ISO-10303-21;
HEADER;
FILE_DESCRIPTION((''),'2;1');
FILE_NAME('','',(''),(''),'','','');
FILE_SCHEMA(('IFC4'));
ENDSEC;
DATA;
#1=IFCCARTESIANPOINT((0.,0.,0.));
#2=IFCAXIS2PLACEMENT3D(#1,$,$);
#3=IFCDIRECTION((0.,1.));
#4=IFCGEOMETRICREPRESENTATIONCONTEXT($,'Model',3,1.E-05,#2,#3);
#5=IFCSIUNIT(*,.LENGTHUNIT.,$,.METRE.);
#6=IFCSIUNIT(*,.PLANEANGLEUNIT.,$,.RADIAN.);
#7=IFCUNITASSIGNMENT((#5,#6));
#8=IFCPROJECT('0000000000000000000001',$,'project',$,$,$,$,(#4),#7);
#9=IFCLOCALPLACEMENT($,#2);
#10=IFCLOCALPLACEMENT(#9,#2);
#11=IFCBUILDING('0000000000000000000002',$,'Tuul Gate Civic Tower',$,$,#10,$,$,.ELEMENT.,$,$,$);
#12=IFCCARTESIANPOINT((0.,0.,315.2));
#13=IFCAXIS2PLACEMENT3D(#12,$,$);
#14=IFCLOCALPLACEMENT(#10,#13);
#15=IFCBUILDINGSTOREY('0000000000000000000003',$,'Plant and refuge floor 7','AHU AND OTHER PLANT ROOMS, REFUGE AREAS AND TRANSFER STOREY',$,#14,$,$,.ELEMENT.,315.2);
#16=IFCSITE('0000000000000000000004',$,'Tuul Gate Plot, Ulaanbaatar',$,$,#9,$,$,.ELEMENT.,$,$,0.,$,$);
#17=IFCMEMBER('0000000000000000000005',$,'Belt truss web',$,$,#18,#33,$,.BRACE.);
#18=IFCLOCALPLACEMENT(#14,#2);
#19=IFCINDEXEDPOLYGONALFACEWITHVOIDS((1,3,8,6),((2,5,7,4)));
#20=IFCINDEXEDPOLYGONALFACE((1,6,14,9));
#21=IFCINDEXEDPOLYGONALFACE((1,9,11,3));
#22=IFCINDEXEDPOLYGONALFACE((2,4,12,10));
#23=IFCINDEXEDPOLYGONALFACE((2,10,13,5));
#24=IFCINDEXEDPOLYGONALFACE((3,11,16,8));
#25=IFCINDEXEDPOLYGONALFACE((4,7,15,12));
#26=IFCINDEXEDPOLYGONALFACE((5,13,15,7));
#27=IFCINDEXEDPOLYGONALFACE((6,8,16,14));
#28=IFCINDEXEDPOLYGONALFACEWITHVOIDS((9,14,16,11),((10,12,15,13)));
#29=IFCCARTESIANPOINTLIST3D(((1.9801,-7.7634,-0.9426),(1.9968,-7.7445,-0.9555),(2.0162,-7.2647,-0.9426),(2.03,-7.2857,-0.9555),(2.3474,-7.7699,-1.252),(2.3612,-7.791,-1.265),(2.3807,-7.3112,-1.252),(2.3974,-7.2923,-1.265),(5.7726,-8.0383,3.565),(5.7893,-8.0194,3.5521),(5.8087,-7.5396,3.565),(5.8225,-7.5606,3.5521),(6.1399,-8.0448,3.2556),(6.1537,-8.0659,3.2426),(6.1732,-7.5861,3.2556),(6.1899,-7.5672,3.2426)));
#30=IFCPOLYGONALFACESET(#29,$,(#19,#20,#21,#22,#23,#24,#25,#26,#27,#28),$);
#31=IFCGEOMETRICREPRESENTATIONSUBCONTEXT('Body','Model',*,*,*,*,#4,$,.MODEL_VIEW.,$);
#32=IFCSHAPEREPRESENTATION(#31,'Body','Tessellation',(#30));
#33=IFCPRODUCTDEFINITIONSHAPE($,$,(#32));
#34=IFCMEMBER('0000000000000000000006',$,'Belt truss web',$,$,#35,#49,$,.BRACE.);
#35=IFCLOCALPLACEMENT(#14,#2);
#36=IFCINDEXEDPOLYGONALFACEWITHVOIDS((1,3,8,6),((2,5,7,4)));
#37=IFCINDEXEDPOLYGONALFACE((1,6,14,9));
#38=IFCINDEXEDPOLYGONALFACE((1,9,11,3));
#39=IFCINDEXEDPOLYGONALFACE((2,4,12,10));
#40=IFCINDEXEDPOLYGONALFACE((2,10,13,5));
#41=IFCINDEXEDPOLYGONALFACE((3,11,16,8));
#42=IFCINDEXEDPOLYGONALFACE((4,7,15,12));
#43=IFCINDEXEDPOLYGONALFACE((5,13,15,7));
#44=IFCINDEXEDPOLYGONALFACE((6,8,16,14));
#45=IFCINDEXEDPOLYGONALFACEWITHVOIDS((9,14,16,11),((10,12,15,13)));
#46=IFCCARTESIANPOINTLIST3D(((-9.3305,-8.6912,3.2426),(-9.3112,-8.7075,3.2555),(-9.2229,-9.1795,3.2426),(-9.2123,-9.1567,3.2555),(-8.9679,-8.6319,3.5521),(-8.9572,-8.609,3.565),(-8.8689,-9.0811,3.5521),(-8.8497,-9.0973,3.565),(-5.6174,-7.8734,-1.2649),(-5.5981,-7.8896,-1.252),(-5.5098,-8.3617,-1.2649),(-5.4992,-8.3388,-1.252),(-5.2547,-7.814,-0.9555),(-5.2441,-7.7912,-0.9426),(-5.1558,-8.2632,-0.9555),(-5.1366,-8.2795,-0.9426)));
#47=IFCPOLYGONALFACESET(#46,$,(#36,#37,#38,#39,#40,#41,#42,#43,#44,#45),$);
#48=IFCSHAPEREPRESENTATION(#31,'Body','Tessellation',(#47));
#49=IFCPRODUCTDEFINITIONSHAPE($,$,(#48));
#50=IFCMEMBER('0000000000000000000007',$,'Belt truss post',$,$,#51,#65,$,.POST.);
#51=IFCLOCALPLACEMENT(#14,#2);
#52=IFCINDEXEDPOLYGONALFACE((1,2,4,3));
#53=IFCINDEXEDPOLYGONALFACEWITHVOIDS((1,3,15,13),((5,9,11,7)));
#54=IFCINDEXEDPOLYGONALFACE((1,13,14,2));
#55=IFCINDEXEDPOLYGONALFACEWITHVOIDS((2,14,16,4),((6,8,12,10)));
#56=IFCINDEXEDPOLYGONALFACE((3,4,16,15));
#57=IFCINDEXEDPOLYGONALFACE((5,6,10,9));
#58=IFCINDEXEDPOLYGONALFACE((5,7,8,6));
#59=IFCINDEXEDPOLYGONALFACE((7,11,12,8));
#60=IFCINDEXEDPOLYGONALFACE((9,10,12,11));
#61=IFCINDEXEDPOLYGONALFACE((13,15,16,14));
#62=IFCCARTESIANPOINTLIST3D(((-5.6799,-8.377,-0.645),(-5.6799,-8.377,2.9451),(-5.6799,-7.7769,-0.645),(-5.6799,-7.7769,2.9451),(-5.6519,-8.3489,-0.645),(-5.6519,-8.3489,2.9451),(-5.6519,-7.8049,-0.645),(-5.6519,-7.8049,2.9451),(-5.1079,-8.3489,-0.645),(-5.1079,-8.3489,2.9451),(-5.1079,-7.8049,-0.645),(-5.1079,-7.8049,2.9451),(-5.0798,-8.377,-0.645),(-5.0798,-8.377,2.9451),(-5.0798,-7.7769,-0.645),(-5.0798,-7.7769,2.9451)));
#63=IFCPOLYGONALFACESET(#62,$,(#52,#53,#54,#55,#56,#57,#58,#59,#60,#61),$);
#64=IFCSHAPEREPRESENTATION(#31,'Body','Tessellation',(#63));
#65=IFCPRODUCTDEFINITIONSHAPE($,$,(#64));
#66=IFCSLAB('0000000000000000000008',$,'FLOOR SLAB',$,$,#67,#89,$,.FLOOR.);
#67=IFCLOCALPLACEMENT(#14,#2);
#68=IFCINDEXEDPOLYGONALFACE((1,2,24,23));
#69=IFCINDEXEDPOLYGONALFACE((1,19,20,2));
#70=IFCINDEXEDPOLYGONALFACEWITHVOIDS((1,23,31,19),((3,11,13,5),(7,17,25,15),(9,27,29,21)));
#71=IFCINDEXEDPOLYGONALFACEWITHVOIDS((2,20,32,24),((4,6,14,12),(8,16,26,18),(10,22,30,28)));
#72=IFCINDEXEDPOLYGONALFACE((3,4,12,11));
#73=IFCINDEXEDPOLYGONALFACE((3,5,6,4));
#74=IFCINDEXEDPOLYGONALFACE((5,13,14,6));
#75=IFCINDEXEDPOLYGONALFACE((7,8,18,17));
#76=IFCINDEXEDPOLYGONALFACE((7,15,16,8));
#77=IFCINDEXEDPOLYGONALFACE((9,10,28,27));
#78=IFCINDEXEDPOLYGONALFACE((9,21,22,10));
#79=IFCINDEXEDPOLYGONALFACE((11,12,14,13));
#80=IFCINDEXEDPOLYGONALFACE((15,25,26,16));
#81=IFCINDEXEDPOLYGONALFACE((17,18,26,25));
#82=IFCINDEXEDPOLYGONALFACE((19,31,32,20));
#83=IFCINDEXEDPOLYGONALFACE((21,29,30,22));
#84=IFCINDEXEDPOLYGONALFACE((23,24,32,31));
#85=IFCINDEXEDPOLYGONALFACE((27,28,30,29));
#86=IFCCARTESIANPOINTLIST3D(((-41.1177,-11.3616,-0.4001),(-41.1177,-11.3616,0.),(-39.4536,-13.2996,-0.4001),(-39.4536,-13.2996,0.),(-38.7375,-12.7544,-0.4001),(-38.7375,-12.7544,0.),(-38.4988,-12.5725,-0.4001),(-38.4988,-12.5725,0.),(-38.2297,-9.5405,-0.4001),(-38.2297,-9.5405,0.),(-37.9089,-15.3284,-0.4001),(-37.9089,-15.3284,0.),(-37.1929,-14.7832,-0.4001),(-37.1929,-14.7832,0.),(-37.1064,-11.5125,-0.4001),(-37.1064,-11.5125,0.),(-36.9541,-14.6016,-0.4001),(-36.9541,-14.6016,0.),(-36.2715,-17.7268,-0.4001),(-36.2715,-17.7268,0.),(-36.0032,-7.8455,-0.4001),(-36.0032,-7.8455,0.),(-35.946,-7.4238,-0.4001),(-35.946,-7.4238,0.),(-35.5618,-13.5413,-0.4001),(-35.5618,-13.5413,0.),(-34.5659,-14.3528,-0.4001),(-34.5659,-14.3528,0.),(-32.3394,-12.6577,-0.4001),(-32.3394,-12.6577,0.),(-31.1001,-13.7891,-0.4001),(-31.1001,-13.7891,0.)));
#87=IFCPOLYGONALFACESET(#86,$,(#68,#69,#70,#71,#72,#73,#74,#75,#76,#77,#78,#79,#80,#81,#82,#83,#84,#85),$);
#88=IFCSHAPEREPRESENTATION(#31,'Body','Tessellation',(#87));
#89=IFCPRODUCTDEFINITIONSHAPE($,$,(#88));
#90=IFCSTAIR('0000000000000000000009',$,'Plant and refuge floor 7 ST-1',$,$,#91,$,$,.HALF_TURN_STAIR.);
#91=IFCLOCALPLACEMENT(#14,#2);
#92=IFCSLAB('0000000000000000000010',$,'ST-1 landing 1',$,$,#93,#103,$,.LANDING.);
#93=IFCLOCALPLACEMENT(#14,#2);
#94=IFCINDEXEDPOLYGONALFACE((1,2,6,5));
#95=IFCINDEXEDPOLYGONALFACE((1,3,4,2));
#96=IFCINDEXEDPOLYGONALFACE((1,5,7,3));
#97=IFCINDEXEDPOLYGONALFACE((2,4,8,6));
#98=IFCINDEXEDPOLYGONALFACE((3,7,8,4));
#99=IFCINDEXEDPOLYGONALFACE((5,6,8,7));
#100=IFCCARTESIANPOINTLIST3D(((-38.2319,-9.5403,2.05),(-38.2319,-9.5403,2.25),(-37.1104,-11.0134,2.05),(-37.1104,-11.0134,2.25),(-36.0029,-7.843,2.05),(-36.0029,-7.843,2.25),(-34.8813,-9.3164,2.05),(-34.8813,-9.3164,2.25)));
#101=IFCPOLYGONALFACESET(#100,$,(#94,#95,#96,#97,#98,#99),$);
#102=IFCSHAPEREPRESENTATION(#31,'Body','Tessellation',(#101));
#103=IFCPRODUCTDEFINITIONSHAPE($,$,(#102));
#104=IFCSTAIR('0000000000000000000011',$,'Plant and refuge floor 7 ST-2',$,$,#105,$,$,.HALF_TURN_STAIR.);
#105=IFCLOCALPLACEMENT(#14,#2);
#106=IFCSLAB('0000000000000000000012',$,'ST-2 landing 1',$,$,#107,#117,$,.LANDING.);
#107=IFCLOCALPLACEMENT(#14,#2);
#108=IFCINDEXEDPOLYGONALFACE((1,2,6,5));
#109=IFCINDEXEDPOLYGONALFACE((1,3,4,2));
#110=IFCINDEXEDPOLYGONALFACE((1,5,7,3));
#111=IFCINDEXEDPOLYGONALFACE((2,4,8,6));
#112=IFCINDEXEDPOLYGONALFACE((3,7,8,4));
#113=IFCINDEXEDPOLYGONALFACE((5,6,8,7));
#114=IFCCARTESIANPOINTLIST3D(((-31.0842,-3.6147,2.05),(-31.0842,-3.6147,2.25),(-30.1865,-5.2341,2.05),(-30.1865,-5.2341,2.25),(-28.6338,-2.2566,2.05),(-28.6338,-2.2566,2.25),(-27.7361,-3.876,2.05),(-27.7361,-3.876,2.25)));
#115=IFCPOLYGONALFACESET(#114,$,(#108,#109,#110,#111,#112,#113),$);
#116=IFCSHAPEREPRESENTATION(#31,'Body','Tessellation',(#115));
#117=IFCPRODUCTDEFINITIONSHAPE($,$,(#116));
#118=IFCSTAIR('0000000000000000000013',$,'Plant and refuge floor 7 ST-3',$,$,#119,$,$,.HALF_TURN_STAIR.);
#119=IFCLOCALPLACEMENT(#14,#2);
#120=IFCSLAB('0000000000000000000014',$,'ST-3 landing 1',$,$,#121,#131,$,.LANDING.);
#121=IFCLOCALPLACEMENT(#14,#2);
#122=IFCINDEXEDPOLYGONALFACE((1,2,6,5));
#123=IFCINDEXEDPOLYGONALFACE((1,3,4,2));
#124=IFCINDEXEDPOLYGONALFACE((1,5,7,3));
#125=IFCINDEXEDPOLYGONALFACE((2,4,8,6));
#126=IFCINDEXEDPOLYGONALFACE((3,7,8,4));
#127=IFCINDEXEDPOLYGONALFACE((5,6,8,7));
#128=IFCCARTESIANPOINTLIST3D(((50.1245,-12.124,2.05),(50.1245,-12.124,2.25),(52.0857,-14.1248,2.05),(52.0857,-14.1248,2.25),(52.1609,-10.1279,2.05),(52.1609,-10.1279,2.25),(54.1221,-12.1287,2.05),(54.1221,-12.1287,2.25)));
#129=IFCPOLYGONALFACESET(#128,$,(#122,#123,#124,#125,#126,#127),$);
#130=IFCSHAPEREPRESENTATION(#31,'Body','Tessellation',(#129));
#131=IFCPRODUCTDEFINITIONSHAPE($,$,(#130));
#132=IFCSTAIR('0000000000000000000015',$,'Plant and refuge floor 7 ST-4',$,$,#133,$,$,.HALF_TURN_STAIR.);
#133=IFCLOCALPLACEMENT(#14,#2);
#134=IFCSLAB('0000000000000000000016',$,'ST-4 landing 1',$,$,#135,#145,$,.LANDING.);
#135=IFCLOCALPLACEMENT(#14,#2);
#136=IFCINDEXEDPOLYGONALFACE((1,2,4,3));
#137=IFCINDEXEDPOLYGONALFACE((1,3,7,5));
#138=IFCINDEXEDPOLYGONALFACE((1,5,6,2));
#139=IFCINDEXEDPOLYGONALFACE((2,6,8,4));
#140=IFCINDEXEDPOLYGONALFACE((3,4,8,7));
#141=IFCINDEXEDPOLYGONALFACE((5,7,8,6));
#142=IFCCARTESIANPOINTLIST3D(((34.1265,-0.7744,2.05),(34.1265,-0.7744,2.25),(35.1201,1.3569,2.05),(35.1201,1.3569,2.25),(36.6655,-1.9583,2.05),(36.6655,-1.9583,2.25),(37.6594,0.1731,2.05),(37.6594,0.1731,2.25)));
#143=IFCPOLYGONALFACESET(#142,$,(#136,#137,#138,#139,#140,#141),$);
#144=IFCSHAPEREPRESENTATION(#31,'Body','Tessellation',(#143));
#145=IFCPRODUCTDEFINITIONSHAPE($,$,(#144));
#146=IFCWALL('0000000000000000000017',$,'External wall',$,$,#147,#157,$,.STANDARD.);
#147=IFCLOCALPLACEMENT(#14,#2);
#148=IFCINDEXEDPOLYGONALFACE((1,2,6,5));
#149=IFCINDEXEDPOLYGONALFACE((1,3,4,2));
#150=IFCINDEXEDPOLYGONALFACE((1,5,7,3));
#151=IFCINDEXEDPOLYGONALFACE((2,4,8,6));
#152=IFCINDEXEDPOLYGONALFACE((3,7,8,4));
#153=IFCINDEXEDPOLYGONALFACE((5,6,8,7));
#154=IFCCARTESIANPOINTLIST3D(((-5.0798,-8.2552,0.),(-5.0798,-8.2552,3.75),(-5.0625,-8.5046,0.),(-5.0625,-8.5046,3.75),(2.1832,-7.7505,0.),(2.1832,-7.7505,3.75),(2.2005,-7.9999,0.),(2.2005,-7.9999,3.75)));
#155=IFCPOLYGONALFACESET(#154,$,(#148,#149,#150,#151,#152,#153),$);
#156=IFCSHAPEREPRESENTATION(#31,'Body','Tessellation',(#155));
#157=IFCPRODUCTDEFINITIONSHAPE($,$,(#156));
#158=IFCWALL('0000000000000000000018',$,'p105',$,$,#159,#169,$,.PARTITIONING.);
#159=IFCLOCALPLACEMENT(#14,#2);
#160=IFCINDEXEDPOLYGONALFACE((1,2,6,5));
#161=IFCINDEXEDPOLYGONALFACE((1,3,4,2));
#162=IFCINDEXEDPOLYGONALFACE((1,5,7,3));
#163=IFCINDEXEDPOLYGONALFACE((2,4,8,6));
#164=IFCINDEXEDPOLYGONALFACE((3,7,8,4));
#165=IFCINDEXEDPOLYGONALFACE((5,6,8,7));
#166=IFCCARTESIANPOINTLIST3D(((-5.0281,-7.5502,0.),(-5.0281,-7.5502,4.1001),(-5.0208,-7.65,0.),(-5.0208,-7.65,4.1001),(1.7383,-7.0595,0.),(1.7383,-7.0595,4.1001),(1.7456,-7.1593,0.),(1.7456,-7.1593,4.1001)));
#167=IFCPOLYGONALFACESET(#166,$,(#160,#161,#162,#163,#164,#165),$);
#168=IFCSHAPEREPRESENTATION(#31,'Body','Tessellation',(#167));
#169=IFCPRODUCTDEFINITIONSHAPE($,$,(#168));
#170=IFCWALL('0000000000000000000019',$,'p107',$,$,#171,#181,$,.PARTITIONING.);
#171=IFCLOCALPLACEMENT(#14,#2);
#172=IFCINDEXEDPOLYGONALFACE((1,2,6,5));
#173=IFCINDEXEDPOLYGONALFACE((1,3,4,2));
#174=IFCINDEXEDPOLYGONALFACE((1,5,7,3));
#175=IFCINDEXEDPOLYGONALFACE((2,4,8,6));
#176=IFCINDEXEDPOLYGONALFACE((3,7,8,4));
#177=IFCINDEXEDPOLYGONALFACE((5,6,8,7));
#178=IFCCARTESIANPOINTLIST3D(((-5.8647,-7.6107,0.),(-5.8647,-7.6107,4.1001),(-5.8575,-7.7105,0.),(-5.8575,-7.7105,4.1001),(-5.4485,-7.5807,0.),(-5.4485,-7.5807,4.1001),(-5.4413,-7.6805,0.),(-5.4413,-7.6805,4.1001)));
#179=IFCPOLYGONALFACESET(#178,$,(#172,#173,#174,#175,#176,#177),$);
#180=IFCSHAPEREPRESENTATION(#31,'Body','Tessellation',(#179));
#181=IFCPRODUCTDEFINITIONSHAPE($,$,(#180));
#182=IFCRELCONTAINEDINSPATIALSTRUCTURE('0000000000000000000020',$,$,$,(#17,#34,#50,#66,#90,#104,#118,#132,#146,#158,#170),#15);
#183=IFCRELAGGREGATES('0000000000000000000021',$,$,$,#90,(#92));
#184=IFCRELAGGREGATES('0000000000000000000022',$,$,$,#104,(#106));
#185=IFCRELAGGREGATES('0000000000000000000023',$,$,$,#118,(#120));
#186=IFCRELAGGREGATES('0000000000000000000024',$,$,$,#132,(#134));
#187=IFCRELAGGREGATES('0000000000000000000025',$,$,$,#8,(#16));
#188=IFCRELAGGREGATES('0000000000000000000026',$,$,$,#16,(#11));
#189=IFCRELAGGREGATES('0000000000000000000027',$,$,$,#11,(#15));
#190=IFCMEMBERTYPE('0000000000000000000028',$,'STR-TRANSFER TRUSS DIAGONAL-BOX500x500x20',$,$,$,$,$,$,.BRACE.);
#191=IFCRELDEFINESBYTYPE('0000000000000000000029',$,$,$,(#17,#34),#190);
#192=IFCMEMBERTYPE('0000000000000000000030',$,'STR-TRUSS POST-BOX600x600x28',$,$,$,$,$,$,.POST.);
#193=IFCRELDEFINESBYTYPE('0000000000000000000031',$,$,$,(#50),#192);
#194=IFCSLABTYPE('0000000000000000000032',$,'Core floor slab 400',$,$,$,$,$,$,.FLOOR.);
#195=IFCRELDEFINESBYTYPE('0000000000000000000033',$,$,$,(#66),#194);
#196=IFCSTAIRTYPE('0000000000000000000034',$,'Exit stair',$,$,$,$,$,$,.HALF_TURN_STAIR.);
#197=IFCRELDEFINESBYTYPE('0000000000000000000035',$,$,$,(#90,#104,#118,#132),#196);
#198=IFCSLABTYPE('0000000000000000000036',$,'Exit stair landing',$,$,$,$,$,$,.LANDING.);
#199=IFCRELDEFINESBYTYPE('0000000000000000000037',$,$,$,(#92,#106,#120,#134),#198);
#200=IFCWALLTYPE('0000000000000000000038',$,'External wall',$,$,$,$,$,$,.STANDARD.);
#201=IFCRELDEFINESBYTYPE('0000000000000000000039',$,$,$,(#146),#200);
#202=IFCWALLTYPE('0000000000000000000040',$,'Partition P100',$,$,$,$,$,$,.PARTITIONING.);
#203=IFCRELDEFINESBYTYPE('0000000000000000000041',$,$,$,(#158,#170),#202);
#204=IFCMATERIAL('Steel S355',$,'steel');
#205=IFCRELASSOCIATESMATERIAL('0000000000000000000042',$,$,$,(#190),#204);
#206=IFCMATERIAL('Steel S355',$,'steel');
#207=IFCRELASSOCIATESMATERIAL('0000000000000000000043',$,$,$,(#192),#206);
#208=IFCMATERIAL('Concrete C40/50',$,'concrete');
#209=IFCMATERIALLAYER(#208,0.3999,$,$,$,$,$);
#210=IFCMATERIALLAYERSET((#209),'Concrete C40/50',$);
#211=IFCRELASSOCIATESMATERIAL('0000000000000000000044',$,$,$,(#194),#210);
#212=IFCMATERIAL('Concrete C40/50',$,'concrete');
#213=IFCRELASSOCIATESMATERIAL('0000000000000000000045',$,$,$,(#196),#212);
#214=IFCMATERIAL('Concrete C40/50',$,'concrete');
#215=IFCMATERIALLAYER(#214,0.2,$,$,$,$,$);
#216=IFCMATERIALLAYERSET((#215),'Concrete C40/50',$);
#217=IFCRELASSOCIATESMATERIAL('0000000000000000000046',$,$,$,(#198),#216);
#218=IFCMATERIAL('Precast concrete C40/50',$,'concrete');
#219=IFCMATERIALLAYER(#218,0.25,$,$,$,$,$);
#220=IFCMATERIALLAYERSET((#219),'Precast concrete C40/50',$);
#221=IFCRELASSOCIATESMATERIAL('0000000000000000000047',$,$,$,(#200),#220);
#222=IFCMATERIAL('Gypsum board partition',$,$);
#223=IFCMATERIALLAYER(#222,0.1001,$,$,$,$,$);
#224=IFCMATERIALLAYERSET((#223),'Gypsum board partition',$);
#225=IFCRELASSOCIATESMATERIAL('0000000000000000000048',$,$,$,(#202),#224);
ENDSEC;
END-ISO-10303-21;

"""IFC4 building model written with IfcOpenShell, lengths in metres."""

from ifc_helpers import new_model, si_unit, direction, frame, frame_2d, origin, origin_2d, place, context, subcontext, project, spatial, polyline, rectangle, hollow_rectangle, outline, extrude, material, layer, layer_set, material_profile, profile_set, type_object, element, aggregate, save


model = new_model("IFC4")

# Units and contexts
model_context = context("Model", 3, precision=1e-05, world=origin(), true_north=direction((0.0, 1.0)))
body_context = subcontext(model_context, "Body", "Model", "MODEL_VIEW")
ifc_project = project(units=[si_unit("LENGTHUNIT", "METRE"), si_unit("PLANEANGLEUNIT", "RADIAN")], contexts=[model_context])

# Site, building, storey
site_placement = place(None, origin())
site = spatial("IfcSite", under=ifc_project, at=site_placement, Name="Tuul Gate Plot, Ulaanbaatar", CompositionType="ELEMENT", RefElevation=0.0)
building_placement = place(site_placement, origin())
building = spatial("IfcBuilding", under=site, at=building_placement, Name="Tuul Gate Civic Tower", CompositionType="ELEMENT")
storey_placement = place(building_placement, frame((0.0, 0.0, 315.2)))
storey = spatial("IfcBuildingStorey", under=building, at=storey_placement, Name="Plant and refuge floor 7", Description="AHU AND OTHER PLANT ROOMS, REFUGE AREAS AND TRANSFER STOREY", CompositionType="ELEMENT", Elevation=315.2)

# Members
ifc_material_1 = material(Name="Steel S355", Category="steel")
ifc_material_profile_1 = material_profile(ifc_material_1, hollow_rectangle(XDim=0.5, YDim=0.5, WallThickness=0.02, at=origin_2d()), Name="BOX500x500x20")
ifc_profile_set_1 = profile_set([ifc_material_profile_1], Name="Steel S355")
member_type_1 = type_object("IfcMemberType", Name="STR-TRANSFER TRUSS DIAGONAL-BOX500x500x20", PredefinedType="BRACE", material=ifc_profile_set_1)
for number, where, z_axis, x_axis, name in (
    (1, (2.1887, -7.5278, -1.1038), (0.643101, -0.046616, 0.764361), (0.072296, 0.997383, 0.0), "Belt truss web"),
):
    element("IfcMember", number, at=place(storey_placement, frame(where, z_axis=z_axis, x_axis=x_axis)), inside=storey, type_object=member_type_1, Name=name, PredefinedType="BRACE", context=body_context, shape_type="SweptSolid", body=[
        extrude(hollow_rectangle(XDim=0.5, YDim=0.5, WallThickness=0.02, at=origin_2d()), origin(), (0.0, 0.0, 1.0), 5.8972),
    ])
member_1_placement = place(storey_placement, frame((-5.377, -8.0764, -1.1038), z_axis=(-0.629666, -0.138693, 0.764385), x_axis=(0.215108, -0.97659, 0.0)))
element("IfcMember", 2, at=member_1_placement, inside=storey, type_object=member_type_1, Name="Belt truss web", PredefinedType="BRACE", context=body_context, shape_type="SweptSolid", body=[
    extrude(hollow_rectangle(XDim=0.5, YDim=0.5, WallThickness=0.02, at=origin_2d()), origin(), (0.0, 0.0, 1.0), 5.897),
])
ifc_material_2 = material(Name="Steel S355", Category="steel")
ifc_material_profile_2 = material_profile(ifc_material_2, hollow_rectangle(XDim=0.6001, YDim=0.6001, WallThickness=0.0281, at=origin_2d()), Name="BOX600x600x28")
ifc_profile_set_2 = profile_set([ifc_material_profile_2], Name="Steel S355")
member_type_2 = type_object("IfcMemberType", Name="STR-TRUSS POST-BOX600x600x28", PredefinedType="POST", material=ifc_profile_set_2)
member_2_placement = place(storey_placement, frame((-5.3799, -8.0769, -0.645), z_axis=(0.0, 0.0, 1.0), x_axis=(1.0, 0.0, 0.0)))
element("IfcMember", 3, at=member_2_placement, inside=storey, type_object=member_type_2, Name="Belt truss post", PredefinedType="POST", context=body_context, shape_type="SweptSolid", body=[
    extrude(hollow_rectangle(XDim=0.6001, YDim=0.6001, WallThickness=0.0281, at=origin_2d()), origin(), (0.0, 0.0, 1.0), 3.5901),
])

# Slab
ifc_material_3 = material(Name="Concrete C40/50", Category="concrete")
ifc_layer_1 = layer(ifc_material_3, 0.3999)
ifc_layer_set_1 = layer_set([ifc_layer_1], Name="Concrete C40/50")
slab_type_1 = type_object("IfcSlabType", Name="Core floor slab 400", PredefinedType="FLOOR", material=ifc_layer_set_1)
slab_1_placement = place(storey_placement, frame((0.0, 0.0, -0.4001)))
element("IfcSlab", 4, at=slab_1_placement, inside=storey, type_object=slab_type_1, Name="FLOOR SLAB", PredefinedType="FLOOR", context=body_context, shape_type="SweptSolid", body=[
    extrude(outline(polyline([(-31.1001, -13.7891), (-35.946, -7.4238), (-41.1177, -11.3616), (-36.2715, -17.7268), (-31.1001, -13.7891)]), holes=[polyline([(-35.5618, -13.5413), (-37.1064, -11.5125), (-38.4988, -12.5725), (-36.9541, -14.6016), (-35.5618, -13.5413)]), polyline([(-37.1929, -14.7832), (-38.7375, -12.7544), (-39.4536, -13.2996), (-37.9089, -15.3284), (-37.1929, -14.7832)]), polyline([(-32.3394, -12.6577), (-34.5659, -14.3528), (-38.2297, -9.5405), (-36.0032, -7.8455), (-32.3394, -12.6577)])]), origin(), (0.0, 0.0, 1.0), 0.4001),
])

# Stairs, slabs
ifc_material_4 = material(Name="Concrete C40/50", Category="concrete")
stair_type = type_object("IfcStairType", Name="Exit stair", PredefinedType="HALF_TURN_STAIR", material=ifc_material_4)
stair_1_placement = place(storey_placement, origin())
stair_1 = element("IfcStair", 5, at=stair_1_placement, inside=storey, type_object=stair_type, Name="Plant and refuge floor 7 ST-1", PredefinedType="HALF_TURN_STAIR")
ifc_material_5 = material(Name="Concrete C40/50", Category="concrete")
ifc_layer_2 = layer(ifc_material_5, 0.2)
ifc_layer_set_2 = layer_set([ifc_layer_2], Name="Concrete C40/50")
slab_type_2 = type_object("IfcSlabType", Name="Exit stair landing", PredefinedType="LANDING", material=ifc_layer_set_2)
slab_2_placement = place(storey_placement, frame((0.0, 0.0, 2.05)))
slab_2 = element("IfcSlab", 6, at=slab_2_placement, type_object=slab_type_2, Name="ST-1 landing 1", PredefinedType="LANDING", context=body_context, shape_type="SweptSolid", body=[
    extrude(outline(polyline([(-34.8813, -9.3164), (-37.1104, -11.0134), (-38.2319, -9.5403), (-36.0029, -7.843), (-34.8813, -9.3164)])), origin(), (0.0, 0.0, 1.0), 0.2),
])
aggregate(stair_1, [slab_2])
stair_2_placement = place(storey_placement, origin())
stair_2 = element("IfcStair", 7, at=stair_2_placement, inside=storey, type_object=stair_type, Name="Plant and refuge floor 7 ST-2", PredefinedType="HALF_TURN_STAIR")
slab_3_placement = place(storey_placement, frame((0.0, 0.0, 2.05)))
slab_3 = element("IfcSlab", 8, at=slab_3_placement, type_object=slab_type_2, Name="ST-2 landing 1", PredefinedType="LANDING", context=body_context, shape_type="SweptSolid", body=[
    extrude(outline(polyline([(-27.7361, -3.876), (-30.1865, -5.2341), (-31.0842, -3.6147), (-28.6338, -2.2566), (-27.7361, -3.876)])), origin(), (0.0, 0.0, 1.0), 0.2),
])
aggregate(stair_2, [slab_3])
stair_3_placement = place(storey_placement, origin())
stair_3 = element("IfcStair", 9, at=stair_3_placement, inside=storey, type_object=stair_type, Name="Plant and refuge floor 7 ST-3", PredefinedType="HALF_TURN_STAIR")
slab_4_placement = place(storey_placement, frame((0.0, 0.0, 2.05)))
slab_4 = element("IfcSlab", 10, at=slab_4_placement, type_object=slab_type_2, Name="ST-3 landing 1", PredefinedType="LANDING", context=body_context, shape_type="SweptSolid", body=[
    extrude(outline(polyline([(52.0857, -14.1248), (50.1245, -12.124), (52.1609, -10.1279), (54.1221, -12.1287), (52.0857, -14.1248)])), origin(), (0.0, 0.0, 1.0), 0.2),
])
aggregate(stair_3, [slab_4])
stair_4_placement = place(storey_placement, origin())
stair_4 = element("IfcStair", 11, at=stair_4_placement, inside=storey, type_object=stair_type, Name="Plant and refuge floor 7 ST-4", PredefinedType="HALF_TURN_STAIR")
slab_5_placement = place(storey_placement, frame((0.0, 0.0, 2.05)))
slab_5 = element("IfcSlab", 12, at=slab_5_placement, type_object=slab_type_2, Name="ST-4 landing 1", PredefinedType="LANDING", context=body_context, shape_type="SweptSolid", body=[
    extrude(outline(polyline([(36.6655, -1.9583), (34.1265, -0.7744), (35.1201, 1.3569), (37.6594, 0.1731), (36.6655, -1.9583)])), origin(), (0.0, 0.0, 1.0), 0.2),
])
aggregate(stair_4, [slab_5])

# Walls
ifc_material_6 = material(Name="Precast concrete C40/50", Category="concrete")
ifc_layer_3 = layer(ifc_material_6, 0.25)
ifc_layer_set_3 = layer_set([ifc_layer_3], Name="Precast concrete C40/50")
wall_type_1 = type_object("IfcWallType", Name="External wall", PredefinedType="STANDARD", material=ifc_layer_set_3)
wall_1_placement = place(storey_placement, frame((-5.071, -8.3799, 0.0), z_axis=(0.0, 0.0, 1.0), x_axis=(0.997595, 0.069314, 0.0)))
element("IfcWall", 13, at=wall_1_placement, inside=storey, type_object=wall_type_1, Name="External wall", PredefinedType="STANDARD", context=body_context, shape_type="SweptSolid", body=[
    extrude(rectangle(XDim=7.2805, YDim=0.25, at=frame_2d((3.6401, 0.0))), origin(), (0.0, 0.0, 1.0), 3.75),
])
ifc_material_7 = material(Name="Gypsum board partition")
ifc_layer_4 = layer(ifc_material_7, 0.1001)
ifc_layer_set_4 = layer_set([ifc_layer_4], Name="Gypsum board partition")
wall_type_2 = type_object("IfcWallType", Name="Partition P100", PredefinedType="PARTITIONING", material=ifc_layer_set_4)
wall_2_placement = place(storey_placement, frame((1.7419, -7.1094, 0.0), z_axis=(0.0, 0.0, 1.0), x_axis=(-0.99738, -0.072334, 0.0)))
element("IfcWall", 14, at=wall_2_placement, inside=storey, type_object=wall_type_2, Name="p105", PredefinedType="PARTITIONING", context=body_context, shape_type="SweptSolid", body=[
    extrude(rectangle(XDim=6.7842, YDim=0.1001, at=frame_2d((3.3921, 0.0))), origin(), (0.0, 0.0, 1.0), 4.1001),
])
wall_3_placement = place(storey_placement, frame((-5.4451, -7.6306, 0.0), z_axis=(0.0, 0.0, 1.0), x_axis=(-0.997408, -0.071954, 0.0)))
element("IfcWall", 15, at=wall_3_placement, inside=storey, type_object=wall_type_2, Name="p107", PredefinedType="PARTITIONING", context=body_context, shape_type="SweptSolid", body=[
    extrude(rectangle(XDim=0.4172, YDim=0.1001, at=frame_2d((0.2085, 0.0))), origin(), (0.0, 0.0, 1.0), 4.1001),
])

save(model, "model.ifc")
